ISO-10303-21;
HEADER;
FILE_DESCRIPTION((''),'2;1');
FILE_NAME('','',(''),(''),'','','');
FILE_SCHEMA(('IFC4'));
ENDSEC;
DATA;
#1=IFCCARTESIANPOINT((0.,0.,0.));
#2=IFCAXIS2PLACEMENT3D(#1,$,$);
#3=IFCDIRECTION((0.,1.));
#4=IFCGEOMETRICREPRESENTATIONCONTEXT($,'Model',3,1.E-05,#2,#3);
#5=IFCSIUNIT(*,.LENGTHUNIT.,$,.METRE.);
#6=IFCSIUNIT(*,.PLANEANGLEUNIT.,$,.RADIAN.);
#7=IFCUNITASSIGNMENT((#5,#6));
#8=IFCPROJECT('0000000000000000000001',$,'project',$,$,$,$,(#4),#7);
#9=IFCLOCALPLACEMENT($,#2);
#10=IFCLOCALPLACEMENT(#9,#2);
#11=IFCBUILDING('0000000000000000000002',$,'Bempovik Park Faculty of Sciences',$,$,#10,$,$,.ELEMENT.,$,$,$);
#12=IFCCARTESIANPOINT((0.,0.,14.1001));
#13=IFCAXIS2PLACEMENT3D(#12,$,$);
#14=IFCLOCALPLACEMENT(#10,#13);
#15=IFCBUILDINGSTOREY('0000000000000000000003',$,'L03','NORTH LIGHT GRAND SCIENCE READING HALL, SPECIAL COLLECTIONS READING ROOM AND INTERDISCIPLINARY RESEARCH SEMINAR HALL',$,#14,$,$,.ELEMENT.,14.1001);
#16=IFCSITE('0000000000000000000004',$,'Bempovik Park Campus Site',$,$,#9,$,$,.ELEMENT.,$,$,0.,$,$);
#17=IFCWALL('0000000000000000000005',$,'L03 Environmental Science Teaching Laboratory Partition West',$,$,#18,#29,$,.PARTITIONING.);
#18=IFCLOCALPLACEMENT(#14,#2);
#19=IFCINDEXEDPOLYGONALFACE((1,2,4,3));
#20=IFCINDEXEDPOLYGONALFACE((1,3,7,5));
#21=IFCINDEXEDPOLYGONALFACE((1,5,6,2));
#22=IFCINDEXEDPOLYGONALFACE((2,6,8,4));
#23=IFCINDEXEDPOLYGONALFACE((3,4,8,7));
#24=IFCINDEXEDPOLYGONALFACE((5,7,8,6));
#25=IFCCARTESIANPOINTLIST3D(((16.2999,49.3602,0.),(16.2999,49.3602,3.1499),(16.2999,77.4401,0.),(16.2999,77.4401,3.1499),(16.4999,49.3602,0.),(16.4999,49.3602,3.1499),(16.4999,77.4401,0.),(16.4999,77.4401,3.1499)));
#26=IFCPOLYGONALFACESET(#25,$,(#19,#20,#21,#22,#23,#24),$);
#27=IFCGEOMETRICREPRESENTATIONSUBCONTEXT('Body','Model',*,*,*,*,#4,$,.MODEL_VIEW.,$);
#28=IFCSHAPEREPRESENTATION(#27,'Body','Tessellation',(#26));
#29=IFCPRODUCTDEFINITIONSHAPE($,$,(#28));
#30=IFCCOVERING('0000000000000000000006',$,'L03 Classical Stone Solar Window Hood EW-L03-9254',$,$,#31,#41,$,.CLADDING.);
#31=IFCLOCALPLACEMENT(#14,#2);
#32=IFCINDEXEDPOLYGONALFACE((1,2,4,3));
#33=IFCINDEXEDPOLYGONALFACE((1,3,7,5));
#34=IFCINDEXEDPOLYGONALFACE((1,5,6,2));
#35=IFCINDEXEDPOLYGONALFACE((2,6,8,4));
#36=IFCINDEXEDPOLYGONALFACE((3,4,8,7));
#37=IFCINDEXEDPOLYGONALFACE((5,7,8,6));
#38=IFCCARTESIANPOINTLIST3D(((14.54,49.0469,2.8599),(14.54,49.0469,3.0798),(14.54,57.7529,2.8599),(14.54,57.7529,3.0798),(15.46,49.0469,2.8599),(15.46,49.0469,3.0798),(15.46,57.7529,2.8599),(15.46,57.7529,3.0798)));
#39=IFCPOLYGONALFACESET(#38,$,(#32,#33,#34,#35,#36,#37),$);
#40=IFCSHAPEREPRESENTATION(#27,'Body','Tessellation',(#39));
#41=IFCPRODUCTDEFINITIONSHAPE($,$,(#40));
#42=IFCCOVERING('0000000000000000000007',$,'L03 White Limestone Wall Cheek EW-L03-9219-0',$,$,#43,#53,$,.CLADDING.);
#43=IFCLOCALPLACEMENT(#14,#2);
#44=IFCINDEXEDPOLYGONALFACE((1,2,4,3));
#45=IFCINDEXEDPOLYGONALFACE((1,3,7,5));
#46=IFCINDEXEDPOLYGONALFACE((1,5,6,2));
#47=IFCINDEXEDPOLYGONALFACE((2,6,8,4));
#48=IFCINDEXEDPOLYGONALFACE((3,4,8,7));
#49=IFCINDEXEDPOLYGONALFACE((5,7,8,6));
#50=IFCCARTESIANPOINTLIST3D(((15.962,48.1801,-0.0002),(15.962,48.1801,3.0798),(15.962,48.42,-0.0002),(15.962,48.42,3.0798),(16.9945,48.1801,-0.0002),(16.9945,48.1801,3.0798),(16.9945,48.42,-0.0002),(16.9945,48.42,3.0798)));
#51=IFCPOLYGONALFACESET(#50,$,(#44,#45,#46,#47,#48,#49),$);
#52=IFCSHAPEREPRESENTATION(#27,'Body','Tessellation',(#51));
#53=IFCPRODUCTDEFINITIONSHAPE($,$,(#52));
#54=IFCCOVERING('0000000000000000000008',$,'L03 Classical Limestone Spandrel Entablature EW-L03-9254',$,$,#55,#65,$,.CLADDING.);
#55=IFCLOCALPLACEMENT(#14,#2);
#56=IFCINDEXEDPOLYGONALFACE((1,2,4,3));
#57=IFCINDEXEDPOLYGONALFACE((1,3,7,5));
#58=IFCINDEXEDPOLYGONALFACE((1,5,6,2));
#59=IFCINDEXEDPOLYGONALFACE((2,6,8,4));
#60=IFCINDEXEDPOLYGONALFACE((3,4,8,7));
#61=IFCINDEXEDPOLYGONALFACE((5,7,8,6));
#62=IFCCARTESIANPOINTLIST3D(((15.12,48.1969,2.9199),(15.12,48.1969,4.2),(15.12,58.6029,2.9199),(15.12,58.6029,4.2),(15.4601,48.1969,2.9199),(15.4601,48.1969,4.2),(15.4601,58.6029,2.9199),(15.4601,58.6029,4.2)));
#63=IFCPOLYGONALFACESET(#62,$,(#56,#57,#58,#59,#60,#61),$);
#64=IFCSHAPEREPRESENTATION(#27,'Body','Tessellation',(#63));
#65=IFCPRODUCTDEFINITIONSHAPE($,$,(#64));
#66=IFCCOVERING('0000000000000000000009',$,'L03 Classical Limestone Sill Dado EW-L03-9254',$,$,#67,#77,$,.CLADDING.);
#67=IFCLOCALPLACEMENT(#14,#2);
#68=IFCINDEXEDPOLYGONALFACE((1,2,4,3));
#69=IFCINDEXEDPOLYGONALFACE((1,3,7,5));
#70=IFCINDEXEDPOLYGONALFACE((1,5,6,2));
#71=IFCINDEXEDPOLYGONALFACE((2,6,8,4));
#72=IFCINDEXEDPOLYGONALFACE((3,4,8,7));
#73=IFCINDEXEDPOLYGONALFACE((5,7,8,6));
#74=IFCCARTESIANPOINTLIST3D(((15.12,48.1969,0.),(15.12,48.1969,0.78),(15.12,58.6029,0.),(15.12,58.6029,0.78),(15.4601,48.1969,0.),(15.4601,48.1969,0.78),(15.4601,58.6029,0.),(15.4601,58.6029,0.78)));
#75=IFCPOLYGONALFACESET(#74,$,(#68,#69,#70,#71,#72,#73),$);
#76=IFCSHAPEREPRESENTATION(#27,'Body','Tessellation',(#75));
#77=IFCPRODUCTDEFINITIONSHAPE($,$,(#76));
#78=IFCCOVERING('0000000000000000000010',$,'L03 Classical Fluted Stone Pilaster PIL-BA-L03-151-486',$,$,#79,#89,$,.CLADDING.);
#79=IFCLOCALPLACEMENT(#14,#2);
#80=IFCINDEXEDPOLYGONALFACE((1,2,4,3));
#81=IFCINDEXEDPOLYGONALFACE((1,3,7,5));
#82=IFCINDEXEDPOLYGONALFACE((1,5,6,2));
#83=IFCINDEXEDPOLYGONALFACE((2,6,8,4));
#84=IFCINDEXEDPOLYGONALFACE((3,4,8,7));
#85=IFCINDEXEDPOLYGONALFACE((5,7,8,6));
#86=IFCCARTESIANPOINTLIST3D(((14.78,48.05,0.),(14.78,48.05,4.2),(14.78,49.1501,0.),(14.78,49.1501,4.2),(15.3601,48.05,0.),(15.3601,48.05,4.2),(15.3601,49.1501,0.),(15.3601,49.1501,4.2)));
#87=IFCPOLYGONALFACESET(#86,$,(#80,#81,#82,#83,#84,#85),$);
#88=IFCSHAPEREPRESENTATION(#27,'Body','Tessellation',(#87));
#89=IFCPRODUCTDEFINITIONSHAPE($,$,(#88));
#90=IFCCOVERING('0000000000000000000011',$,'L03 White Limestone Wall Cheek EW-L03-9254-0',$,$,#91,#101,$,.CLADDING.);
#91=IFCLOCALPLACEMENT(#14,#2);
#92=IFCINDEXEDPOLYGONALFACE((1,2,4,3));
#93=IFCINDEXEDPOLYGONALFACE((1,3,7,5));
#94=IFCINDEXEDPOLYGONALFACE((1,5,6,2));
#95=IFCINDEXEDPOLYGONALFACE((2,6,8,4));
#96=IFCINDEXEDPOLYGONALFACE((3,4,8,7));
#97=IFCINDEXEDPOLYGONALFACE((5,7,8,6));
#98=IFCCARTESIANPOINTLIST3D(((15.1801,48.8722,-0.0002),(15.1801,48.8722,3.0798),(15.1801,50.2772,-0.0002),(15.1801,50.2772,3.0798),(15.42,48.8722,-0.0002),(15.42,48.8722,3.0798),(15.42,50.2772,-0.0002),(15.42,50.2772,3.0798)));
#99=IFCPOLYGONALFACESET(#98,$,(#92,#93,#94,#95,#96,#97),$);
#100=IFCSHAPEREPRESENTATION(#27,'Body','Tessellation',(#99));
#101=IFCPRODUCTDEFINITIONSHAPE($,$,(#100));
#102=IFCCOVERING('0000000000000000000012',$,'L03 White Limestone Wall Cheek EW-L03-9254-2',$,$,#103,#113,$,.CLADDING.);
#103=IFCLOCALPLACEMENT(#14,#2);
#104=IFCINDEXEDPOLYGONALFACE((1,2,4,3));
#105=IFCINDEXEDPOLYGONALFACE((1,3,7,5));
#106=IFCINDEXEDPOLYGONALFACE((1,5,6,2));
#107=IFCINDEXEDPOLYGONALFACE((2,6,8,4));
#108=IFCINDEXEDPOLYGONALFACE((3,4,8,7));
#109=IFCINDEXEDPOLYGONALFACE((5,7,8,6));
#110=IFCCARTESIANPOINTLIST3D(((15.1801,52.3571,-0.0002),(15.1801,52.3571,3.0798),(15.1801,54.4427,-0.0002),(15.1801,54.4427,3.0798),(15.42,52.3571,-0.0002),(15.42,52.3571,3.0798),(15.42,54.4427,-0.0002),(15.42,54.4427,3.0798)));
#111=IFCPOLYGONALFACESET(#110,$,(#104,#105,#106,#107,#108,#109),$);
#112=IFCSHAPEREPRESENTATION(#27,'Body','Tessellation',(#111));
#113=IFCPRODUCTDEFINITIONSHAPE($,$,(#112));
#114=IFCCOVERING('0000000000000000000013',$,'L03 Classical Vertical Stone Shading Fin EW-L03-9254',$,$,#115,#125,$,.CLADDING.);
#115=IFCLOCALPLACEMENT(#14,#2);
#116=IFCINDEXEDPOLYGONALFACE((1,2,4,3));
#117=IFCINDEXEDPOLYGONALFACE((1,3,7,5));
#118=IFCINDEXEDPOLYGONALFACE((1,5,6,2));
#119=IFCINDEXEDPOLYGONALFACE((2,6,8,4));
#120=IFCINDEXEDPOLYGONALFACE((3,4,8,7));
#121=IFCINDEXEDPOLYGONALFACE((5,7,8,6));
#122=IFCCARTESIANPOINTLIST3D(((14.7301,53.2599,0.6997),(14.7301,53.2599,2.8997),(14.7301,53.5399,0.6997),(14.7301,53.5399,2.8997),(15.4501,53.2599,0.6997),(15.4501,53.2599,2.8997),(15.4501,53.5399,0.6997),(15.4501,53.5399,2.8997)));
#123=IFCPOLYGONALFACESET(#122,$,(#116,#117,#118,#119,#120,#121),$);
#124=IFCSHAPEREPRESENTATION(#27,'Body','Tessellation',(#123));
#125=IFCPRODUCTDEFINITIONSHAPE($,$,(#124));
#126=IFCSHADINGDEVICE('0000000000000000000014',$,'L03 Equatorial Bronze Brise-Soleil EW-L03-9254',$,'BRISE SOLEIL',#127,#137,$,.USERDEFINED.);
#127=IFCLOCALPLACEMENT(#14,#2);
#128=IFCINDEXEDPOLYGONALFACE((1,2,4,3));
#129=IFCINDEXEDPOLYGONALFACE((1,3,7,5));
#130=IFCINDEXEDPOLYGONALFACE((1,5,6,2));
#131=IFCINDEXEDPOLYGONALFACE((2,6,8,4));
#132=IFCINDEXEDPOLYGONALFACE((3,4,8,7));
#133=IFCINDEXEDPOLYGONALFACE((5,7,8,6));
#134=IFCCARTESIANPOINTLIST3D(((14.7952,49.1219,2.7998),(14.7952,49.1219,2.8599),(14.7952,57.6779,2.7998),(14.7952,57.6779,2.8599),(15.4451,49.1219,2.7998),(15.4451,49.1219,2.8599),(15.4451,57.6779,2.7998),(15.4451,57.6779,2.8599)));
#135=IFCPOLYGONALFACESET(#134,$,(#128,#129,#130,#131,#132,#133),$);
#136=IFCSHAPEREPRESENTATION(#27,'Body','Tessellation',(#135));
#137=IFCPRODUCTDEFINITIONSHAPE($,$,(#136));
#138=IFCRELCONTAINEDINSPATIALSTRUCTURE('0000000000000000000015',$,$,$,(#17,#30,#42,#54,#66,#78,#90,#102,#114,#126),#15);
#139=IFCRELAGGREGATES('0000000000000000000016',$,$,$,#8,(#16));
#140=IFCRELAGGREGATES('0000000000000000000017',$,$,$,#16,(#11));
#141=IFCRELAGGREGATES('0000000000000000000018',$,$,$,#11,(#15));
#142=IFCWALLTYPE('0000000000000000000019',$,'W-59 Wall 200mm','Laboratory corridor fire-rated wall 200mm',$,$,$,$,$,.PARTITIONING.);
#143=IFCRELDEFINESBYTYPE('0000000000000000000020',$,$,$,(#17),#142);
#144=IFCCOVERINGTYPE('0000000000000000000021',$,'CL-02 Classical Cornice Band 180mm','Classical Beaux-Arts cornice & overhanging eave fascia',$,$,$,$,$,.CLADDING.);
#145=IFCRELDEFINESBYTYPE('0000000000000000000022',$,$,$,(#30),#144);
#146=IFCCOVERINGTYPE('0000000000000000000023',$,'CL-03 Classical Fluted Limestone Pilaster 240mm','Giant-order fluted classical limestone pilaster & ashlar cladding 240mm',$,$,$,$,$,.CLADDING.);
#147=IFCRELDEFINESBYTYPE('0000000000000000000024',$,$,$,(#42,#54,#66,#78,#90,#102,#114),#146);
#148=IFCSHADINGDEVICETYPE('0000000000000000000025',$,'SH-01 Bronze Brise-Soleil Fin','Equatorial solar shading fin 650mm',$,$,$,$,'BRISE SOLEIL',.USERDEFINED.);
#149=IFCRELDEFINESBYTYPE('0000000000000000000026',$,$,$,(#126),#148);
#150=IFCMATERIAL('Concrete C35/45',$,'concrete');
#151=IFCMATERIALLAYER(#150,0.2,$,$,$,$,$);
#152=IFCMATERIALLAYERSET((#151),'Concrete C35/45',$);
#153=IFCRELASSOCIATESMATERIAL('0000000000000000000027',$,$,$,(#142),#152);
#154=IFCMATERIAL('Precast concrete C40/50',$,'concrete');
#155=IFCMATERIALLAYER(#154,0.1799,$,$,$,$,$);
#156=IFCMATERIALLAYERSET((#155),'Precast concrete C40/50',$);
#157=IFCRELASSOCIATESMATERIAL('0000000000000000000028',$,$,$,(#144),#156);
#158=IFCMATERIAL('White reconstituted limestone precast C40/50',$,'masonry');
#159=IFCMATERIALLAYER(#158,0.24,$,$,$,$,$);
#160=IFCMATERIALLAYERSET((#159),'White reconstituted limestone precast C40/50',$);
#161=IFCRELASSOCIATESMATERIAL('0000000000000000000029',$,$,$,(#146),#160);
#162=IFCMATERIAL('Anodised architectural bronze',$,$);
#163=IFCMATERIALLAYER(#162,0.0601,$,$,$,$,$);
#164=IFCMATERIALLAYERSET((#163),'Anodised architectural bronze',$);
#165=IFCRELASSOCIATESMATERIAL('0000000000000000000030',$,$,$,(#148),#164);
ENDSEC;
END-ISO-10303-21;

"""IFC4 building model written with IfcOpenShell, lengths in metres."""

from ifc_helpers import new_model, si_unit, direction, frame, frame_2d, origin, origin_2d, place, context, subcontext, project, spatial, rectangle, extrude, material, layer, layer_set, type_object, element, save


model = new_model("IFC4")

# Units and contexts
model_context = context("Model", 3, precision=1e-05, world=origin(), true_north=direction((0.0, 1.0)))
body_context = subcontext(model_context, "Body", "Model", "MODEL_VIEW")
ifc_project = project(units=[si_unit("LENGTHUNIT", "METRE"), si_unit("PLANEANGLEUNIT", "RADIAN")], contexts=[model_context])

# Site, building, storey
site_placement = place(None, origin())
site = spatial("IfcSite", under=ifc_project, at=site_placement, Name="Bempovik Park Campus Site", CompositionType="ELEMENT", RefElevation=0.0)
building_placement = place(site_placement, origin())
building = spatial("IfcBuilding", under=site, at=building_placement, Name="Bempovik Park Faculty of Sciences", CompositionType="ELEMENT")
storey_placement = place(building_placement, frame((0.0, 0.0, 14.1001)))
storey = spatial("IfcBuildingStorey", under=building, at=storey_placement, Name="L03", Description="NORTH LIGHT GRAND SCIENCE READING HALL, SPECIAL COLLECTIONS READING ROOM AND INTERDISCIPLINARY RESEARCH SEMINAR HALL", CompositionType="ELEMENT", Elevation=14.1001)

# Shared definitions
ifc_material_1 = material(Name="Concrete C35/45", Category="concrete")

# Shared definitions
ifc_material_2 = material(Name="Precast concrete C40/50", Category="concrete")

# Wall
ifc_layer_1 = layer(ifc_material_1, 0.2)
ifc_layer_set_1 = layer_set([ifc_layer_1], Name="Concrete C35/45")
wall_type_1 = type_object("IfcWallType", Name="W-59 Wall 200mm", Description="Laboratory corridor fire-rated wall 200mm", PredefinedType="PARTITIONING", material=ifc_layer_set_1)
wall_1_placement = place(storey_placement, frame((16.3999, 49.3601, 0.0), z_axis=(0.0, 0.0, 1.0), x_axis=(0.0, 1.0, 0.0)))
element("IfcWall", 1, at=wall_1_placement, inside=storey, type_object=wall_type_1, Name="L03 Environmental Science Teaching Laboratory Partition West", PredefinedType="PARTITIONING", context=body_context, shape_type="SweptSolid", body=[
    extrude(rectangle(XDim=28.0798, YDim=0.2, at=frame_2d((14.04, 0.0))), origin(), (0.0, 0.0, 1.0), 3.1499),
])

# Coverings
ifc_layer_2 = layer(ifc_material_2, 0.1799)
ifc_layer_set_2 = layer_set([ifc_layer_2], Name="Precast concrete C40/50")
covering_type_1 = type_object("IfcCoveringType", Name="CL-02 Classical Cornice Band 180mm", Description="Classical Beaux-Arts cornice & overhanging eave fascia", PredefinedType="CLADDING", material=ifc_layer_set_2)
covering_1_placement = place(storey_placement, frame((15.0, 53.3999, 2.8599), z_axis=(0.0, 0.0, 1.0), x_axis=(1.0, 0.0, 0.0)))
element("IfcCovering", 2, at=covering_1_placement, inside=storey, type_object=covering_type_1, Name="L03 Classical Stone Solar Window Hood EW-L03-9254", PredefinedType="CLADDING", context=body_context, shape_type="SweptSolid", body=[
    extrude(rectangle(XDim=0.9199, YDim=8.7061, at=origin_2d()), origin(), (0.0, 0.0, 1.0), 0.22),
])
ifc_material_3 = material(Name="White reconstituted limestone precast C40/50", Category="masonry")
ifc_layer_3 = layer(ifc_material_3, 0.24)
ifc_layer_set_3 = layer_set([ifc_layer_3], Name="White reconstituted limestone precast C40/50")
covering_type_2 = type_object("IfcCoveringType", Name="CL-03 Classical Fluted Limestone Pilaster 240mm", Description="Giant-order fluted classical limestone pilaster & ashlar cladding 240mm", PredefinedType="CLADDING", material=ifc_layer_set_3)
covering_2_placement = place(storey_placement, frame((16.4783, 48.3, -0.0002), z_axis=(0.0, 0.0, 1.0), x_axis=(1.0, 0.0, 0.0)))
element("IfcCovering", 3, at=covering_2_placement, inside=storey, type_object=covering_type_2, Name="L03 White Limestone Wall Cheek EW-L03-9219-0", PredefinedType="CLADDING", context=body_context, shape_type="SweptSolid", body=[
    extrude(rectangle(XDim=1.0325, YDim=0.24, at=origin_2d()), origin(), (0.0, 0.0, 1.0), 3.0801),
])
covering_3_placement = place(storey_placement, frame((15.29, 53.3999, 2.9199), z_axis=(0.0, 0.0, 1.0), x_axis=(1.0, 0.0, 0.0)))
element("IfcCovering", 4, at=covering_3_placement, inside=storey, type_object=covering_type_2, Name="L03 Classical Limestone Spandrel Entablature EW-L03-9254", PredefinedType="CLADDING", context=body_context, shape_type="SweptSolid", body=[
    extrude(rectangle(XDim=0.3401, YDim=10.406, at=origin_2d()), origin(), (0.0, 0.0, 1.0), 1.28),
])
covering_4_placement = place(storey_placement, frame((15.29, 53.3999, 0.0), z_axis=(0.0, 0.0, 1.0), x_axis=(1.0, 0.0, 0.0)))
element("IfcCovering", 5, at=covering_4_placement, inside=storey, type_object=covering_type_2, Name="L03 Classical Limestone Sill Dado EW-L03-9254", PredefinedType="CLADDING", context=body_context, shape_type="SweptSolid", body=[
    extrude(rectangle(XDim=0.3401, YDim=10.406, at=origin_2d()), origin(), (0.0, 0.0, 1.0), 0.78),
])
covering_5_placement = place(storey_placement, frame((15.0701, 48.6001, 0.0), z_axis=(0.0, 0.0, 1.0), x_axis=(1.0, 0.0, 0.0)))
element("IfcCovering", 6, at=covering_5_placement, inside=storey, type_object=covering_type_2, Name="L03 Classical Fluted Stone Pilaster PIL-BA-L03-151-486", PredefinedType="CLADDING", context=body_context, shape_type="SweptSolid", body=[
    extrude(rectangle(XDim=0.5801, YDim=1.1001, at=origin_2d()), origin(), (0.0, 0.0, 1.0), 4.2),
])
covering_6_placement = place(storey_placement, frame((15.3, 49.5747, -0.0002), z_axis=(0.0, 0.0, 1.0), x_axis=(1.0, 0.0, 0.0)))
element("IfcCovering", 7, at=covering_6_placement, inside=storey, type_object=covering_type_2, Name="L03 White Limestone Wall Cheek EW-L03-9254-0", PredefinedType="CLADDING", context=body_context, shape_type="SweptSolid", body=[
    extrude(rectangle(XDim=0.24, YDim=1.405, at=origin_2d()), origin(), (0.0, 0.0, 1.0), 3.0801),
])
covering_7_placement = place(storey_placement, frame((15.3, 53.3999, -0.0002), z_axis=(0.0, 0.0, 1.0), x_axis=(1.0, 0.0, 0.0)))
element("IfcCovering", 8, at=covering_7_placement, inside=storey, type_object=covering_type_2, Name="L03 White Limestone Wall Cheek EW-L03-9254-2", PredefinedType="CLADDING", context=body_context, shape_type="SweptSolid", body=[
    extrude(rectangle(XDim=0.24, YDim=2.0857, at=origin_2d()), origin(), (0.0, 0.0, 1.0), 3.0801),
])
covering_8_placement = place(storey_placement, frame((15.0901, 53.3999, 0.6997), z_axis=(0.0, 0.0, 1.0), x_axis=(1.0, 0.0, 0.0)))
element("IfcCovering", 9, at=covering_8_placement, inside=storey, type_object=covering_type_2, Name="L03 Classical Vertical Stone Shading Fin EW-L03-9254", PredefinedType="CLADDING", context=body_context, shape_type="SweptSolid", body=[
    extrude(rectangle(XDim=0.72, YDim=0.28, at=origin_2d()), origin(), (0.0, 0.0, 1.0), 2.2),
])

# Shading device
ifc_material_4 = material(Name="Anodised architectural bronze")
ifc_layer_4 = layer(ifc_material_4, 0.0601)
ifc_layer_set_4 = layer_set([ifc_layer_4], Name="Anodised architectural bronze")
shading_device_type = type_object("IfcShadingDeviceType", Name="SH-01 Bronze Brise-Soleil Fin", Description="Equatorial solar shading fin 650mm", ElementType="BRISE SOLEIL", PredefinedType="USERDEFINED", material=ifc_layer_set_4)
shading_device_placement = place(storey_placement, frame((15.1201, 53.3999, 2.7998), z_axis=(0.0, 0.0, 1.0), x_axis=(1.0, 0.0, 0.0)))
element("IfcShadingDevice", 10, at=shading_device_placement, inside=storey, type_object=shading_device_type, Name="L03 Equatorial Bronze Brise-Soleil EW-L03-9254", ObjectType="BRISE SOLEIL", PredefinedType="USERDEFINED", context=body_context, shape_type="SweptSolid", body=[
    extrude(rectangle(XDim=0.6499, YDim=8.5559, at=origin_2d()), origin(), (0.0, 0.0, 1.0), 0.0601),
])

save(model, "model.ifc")
